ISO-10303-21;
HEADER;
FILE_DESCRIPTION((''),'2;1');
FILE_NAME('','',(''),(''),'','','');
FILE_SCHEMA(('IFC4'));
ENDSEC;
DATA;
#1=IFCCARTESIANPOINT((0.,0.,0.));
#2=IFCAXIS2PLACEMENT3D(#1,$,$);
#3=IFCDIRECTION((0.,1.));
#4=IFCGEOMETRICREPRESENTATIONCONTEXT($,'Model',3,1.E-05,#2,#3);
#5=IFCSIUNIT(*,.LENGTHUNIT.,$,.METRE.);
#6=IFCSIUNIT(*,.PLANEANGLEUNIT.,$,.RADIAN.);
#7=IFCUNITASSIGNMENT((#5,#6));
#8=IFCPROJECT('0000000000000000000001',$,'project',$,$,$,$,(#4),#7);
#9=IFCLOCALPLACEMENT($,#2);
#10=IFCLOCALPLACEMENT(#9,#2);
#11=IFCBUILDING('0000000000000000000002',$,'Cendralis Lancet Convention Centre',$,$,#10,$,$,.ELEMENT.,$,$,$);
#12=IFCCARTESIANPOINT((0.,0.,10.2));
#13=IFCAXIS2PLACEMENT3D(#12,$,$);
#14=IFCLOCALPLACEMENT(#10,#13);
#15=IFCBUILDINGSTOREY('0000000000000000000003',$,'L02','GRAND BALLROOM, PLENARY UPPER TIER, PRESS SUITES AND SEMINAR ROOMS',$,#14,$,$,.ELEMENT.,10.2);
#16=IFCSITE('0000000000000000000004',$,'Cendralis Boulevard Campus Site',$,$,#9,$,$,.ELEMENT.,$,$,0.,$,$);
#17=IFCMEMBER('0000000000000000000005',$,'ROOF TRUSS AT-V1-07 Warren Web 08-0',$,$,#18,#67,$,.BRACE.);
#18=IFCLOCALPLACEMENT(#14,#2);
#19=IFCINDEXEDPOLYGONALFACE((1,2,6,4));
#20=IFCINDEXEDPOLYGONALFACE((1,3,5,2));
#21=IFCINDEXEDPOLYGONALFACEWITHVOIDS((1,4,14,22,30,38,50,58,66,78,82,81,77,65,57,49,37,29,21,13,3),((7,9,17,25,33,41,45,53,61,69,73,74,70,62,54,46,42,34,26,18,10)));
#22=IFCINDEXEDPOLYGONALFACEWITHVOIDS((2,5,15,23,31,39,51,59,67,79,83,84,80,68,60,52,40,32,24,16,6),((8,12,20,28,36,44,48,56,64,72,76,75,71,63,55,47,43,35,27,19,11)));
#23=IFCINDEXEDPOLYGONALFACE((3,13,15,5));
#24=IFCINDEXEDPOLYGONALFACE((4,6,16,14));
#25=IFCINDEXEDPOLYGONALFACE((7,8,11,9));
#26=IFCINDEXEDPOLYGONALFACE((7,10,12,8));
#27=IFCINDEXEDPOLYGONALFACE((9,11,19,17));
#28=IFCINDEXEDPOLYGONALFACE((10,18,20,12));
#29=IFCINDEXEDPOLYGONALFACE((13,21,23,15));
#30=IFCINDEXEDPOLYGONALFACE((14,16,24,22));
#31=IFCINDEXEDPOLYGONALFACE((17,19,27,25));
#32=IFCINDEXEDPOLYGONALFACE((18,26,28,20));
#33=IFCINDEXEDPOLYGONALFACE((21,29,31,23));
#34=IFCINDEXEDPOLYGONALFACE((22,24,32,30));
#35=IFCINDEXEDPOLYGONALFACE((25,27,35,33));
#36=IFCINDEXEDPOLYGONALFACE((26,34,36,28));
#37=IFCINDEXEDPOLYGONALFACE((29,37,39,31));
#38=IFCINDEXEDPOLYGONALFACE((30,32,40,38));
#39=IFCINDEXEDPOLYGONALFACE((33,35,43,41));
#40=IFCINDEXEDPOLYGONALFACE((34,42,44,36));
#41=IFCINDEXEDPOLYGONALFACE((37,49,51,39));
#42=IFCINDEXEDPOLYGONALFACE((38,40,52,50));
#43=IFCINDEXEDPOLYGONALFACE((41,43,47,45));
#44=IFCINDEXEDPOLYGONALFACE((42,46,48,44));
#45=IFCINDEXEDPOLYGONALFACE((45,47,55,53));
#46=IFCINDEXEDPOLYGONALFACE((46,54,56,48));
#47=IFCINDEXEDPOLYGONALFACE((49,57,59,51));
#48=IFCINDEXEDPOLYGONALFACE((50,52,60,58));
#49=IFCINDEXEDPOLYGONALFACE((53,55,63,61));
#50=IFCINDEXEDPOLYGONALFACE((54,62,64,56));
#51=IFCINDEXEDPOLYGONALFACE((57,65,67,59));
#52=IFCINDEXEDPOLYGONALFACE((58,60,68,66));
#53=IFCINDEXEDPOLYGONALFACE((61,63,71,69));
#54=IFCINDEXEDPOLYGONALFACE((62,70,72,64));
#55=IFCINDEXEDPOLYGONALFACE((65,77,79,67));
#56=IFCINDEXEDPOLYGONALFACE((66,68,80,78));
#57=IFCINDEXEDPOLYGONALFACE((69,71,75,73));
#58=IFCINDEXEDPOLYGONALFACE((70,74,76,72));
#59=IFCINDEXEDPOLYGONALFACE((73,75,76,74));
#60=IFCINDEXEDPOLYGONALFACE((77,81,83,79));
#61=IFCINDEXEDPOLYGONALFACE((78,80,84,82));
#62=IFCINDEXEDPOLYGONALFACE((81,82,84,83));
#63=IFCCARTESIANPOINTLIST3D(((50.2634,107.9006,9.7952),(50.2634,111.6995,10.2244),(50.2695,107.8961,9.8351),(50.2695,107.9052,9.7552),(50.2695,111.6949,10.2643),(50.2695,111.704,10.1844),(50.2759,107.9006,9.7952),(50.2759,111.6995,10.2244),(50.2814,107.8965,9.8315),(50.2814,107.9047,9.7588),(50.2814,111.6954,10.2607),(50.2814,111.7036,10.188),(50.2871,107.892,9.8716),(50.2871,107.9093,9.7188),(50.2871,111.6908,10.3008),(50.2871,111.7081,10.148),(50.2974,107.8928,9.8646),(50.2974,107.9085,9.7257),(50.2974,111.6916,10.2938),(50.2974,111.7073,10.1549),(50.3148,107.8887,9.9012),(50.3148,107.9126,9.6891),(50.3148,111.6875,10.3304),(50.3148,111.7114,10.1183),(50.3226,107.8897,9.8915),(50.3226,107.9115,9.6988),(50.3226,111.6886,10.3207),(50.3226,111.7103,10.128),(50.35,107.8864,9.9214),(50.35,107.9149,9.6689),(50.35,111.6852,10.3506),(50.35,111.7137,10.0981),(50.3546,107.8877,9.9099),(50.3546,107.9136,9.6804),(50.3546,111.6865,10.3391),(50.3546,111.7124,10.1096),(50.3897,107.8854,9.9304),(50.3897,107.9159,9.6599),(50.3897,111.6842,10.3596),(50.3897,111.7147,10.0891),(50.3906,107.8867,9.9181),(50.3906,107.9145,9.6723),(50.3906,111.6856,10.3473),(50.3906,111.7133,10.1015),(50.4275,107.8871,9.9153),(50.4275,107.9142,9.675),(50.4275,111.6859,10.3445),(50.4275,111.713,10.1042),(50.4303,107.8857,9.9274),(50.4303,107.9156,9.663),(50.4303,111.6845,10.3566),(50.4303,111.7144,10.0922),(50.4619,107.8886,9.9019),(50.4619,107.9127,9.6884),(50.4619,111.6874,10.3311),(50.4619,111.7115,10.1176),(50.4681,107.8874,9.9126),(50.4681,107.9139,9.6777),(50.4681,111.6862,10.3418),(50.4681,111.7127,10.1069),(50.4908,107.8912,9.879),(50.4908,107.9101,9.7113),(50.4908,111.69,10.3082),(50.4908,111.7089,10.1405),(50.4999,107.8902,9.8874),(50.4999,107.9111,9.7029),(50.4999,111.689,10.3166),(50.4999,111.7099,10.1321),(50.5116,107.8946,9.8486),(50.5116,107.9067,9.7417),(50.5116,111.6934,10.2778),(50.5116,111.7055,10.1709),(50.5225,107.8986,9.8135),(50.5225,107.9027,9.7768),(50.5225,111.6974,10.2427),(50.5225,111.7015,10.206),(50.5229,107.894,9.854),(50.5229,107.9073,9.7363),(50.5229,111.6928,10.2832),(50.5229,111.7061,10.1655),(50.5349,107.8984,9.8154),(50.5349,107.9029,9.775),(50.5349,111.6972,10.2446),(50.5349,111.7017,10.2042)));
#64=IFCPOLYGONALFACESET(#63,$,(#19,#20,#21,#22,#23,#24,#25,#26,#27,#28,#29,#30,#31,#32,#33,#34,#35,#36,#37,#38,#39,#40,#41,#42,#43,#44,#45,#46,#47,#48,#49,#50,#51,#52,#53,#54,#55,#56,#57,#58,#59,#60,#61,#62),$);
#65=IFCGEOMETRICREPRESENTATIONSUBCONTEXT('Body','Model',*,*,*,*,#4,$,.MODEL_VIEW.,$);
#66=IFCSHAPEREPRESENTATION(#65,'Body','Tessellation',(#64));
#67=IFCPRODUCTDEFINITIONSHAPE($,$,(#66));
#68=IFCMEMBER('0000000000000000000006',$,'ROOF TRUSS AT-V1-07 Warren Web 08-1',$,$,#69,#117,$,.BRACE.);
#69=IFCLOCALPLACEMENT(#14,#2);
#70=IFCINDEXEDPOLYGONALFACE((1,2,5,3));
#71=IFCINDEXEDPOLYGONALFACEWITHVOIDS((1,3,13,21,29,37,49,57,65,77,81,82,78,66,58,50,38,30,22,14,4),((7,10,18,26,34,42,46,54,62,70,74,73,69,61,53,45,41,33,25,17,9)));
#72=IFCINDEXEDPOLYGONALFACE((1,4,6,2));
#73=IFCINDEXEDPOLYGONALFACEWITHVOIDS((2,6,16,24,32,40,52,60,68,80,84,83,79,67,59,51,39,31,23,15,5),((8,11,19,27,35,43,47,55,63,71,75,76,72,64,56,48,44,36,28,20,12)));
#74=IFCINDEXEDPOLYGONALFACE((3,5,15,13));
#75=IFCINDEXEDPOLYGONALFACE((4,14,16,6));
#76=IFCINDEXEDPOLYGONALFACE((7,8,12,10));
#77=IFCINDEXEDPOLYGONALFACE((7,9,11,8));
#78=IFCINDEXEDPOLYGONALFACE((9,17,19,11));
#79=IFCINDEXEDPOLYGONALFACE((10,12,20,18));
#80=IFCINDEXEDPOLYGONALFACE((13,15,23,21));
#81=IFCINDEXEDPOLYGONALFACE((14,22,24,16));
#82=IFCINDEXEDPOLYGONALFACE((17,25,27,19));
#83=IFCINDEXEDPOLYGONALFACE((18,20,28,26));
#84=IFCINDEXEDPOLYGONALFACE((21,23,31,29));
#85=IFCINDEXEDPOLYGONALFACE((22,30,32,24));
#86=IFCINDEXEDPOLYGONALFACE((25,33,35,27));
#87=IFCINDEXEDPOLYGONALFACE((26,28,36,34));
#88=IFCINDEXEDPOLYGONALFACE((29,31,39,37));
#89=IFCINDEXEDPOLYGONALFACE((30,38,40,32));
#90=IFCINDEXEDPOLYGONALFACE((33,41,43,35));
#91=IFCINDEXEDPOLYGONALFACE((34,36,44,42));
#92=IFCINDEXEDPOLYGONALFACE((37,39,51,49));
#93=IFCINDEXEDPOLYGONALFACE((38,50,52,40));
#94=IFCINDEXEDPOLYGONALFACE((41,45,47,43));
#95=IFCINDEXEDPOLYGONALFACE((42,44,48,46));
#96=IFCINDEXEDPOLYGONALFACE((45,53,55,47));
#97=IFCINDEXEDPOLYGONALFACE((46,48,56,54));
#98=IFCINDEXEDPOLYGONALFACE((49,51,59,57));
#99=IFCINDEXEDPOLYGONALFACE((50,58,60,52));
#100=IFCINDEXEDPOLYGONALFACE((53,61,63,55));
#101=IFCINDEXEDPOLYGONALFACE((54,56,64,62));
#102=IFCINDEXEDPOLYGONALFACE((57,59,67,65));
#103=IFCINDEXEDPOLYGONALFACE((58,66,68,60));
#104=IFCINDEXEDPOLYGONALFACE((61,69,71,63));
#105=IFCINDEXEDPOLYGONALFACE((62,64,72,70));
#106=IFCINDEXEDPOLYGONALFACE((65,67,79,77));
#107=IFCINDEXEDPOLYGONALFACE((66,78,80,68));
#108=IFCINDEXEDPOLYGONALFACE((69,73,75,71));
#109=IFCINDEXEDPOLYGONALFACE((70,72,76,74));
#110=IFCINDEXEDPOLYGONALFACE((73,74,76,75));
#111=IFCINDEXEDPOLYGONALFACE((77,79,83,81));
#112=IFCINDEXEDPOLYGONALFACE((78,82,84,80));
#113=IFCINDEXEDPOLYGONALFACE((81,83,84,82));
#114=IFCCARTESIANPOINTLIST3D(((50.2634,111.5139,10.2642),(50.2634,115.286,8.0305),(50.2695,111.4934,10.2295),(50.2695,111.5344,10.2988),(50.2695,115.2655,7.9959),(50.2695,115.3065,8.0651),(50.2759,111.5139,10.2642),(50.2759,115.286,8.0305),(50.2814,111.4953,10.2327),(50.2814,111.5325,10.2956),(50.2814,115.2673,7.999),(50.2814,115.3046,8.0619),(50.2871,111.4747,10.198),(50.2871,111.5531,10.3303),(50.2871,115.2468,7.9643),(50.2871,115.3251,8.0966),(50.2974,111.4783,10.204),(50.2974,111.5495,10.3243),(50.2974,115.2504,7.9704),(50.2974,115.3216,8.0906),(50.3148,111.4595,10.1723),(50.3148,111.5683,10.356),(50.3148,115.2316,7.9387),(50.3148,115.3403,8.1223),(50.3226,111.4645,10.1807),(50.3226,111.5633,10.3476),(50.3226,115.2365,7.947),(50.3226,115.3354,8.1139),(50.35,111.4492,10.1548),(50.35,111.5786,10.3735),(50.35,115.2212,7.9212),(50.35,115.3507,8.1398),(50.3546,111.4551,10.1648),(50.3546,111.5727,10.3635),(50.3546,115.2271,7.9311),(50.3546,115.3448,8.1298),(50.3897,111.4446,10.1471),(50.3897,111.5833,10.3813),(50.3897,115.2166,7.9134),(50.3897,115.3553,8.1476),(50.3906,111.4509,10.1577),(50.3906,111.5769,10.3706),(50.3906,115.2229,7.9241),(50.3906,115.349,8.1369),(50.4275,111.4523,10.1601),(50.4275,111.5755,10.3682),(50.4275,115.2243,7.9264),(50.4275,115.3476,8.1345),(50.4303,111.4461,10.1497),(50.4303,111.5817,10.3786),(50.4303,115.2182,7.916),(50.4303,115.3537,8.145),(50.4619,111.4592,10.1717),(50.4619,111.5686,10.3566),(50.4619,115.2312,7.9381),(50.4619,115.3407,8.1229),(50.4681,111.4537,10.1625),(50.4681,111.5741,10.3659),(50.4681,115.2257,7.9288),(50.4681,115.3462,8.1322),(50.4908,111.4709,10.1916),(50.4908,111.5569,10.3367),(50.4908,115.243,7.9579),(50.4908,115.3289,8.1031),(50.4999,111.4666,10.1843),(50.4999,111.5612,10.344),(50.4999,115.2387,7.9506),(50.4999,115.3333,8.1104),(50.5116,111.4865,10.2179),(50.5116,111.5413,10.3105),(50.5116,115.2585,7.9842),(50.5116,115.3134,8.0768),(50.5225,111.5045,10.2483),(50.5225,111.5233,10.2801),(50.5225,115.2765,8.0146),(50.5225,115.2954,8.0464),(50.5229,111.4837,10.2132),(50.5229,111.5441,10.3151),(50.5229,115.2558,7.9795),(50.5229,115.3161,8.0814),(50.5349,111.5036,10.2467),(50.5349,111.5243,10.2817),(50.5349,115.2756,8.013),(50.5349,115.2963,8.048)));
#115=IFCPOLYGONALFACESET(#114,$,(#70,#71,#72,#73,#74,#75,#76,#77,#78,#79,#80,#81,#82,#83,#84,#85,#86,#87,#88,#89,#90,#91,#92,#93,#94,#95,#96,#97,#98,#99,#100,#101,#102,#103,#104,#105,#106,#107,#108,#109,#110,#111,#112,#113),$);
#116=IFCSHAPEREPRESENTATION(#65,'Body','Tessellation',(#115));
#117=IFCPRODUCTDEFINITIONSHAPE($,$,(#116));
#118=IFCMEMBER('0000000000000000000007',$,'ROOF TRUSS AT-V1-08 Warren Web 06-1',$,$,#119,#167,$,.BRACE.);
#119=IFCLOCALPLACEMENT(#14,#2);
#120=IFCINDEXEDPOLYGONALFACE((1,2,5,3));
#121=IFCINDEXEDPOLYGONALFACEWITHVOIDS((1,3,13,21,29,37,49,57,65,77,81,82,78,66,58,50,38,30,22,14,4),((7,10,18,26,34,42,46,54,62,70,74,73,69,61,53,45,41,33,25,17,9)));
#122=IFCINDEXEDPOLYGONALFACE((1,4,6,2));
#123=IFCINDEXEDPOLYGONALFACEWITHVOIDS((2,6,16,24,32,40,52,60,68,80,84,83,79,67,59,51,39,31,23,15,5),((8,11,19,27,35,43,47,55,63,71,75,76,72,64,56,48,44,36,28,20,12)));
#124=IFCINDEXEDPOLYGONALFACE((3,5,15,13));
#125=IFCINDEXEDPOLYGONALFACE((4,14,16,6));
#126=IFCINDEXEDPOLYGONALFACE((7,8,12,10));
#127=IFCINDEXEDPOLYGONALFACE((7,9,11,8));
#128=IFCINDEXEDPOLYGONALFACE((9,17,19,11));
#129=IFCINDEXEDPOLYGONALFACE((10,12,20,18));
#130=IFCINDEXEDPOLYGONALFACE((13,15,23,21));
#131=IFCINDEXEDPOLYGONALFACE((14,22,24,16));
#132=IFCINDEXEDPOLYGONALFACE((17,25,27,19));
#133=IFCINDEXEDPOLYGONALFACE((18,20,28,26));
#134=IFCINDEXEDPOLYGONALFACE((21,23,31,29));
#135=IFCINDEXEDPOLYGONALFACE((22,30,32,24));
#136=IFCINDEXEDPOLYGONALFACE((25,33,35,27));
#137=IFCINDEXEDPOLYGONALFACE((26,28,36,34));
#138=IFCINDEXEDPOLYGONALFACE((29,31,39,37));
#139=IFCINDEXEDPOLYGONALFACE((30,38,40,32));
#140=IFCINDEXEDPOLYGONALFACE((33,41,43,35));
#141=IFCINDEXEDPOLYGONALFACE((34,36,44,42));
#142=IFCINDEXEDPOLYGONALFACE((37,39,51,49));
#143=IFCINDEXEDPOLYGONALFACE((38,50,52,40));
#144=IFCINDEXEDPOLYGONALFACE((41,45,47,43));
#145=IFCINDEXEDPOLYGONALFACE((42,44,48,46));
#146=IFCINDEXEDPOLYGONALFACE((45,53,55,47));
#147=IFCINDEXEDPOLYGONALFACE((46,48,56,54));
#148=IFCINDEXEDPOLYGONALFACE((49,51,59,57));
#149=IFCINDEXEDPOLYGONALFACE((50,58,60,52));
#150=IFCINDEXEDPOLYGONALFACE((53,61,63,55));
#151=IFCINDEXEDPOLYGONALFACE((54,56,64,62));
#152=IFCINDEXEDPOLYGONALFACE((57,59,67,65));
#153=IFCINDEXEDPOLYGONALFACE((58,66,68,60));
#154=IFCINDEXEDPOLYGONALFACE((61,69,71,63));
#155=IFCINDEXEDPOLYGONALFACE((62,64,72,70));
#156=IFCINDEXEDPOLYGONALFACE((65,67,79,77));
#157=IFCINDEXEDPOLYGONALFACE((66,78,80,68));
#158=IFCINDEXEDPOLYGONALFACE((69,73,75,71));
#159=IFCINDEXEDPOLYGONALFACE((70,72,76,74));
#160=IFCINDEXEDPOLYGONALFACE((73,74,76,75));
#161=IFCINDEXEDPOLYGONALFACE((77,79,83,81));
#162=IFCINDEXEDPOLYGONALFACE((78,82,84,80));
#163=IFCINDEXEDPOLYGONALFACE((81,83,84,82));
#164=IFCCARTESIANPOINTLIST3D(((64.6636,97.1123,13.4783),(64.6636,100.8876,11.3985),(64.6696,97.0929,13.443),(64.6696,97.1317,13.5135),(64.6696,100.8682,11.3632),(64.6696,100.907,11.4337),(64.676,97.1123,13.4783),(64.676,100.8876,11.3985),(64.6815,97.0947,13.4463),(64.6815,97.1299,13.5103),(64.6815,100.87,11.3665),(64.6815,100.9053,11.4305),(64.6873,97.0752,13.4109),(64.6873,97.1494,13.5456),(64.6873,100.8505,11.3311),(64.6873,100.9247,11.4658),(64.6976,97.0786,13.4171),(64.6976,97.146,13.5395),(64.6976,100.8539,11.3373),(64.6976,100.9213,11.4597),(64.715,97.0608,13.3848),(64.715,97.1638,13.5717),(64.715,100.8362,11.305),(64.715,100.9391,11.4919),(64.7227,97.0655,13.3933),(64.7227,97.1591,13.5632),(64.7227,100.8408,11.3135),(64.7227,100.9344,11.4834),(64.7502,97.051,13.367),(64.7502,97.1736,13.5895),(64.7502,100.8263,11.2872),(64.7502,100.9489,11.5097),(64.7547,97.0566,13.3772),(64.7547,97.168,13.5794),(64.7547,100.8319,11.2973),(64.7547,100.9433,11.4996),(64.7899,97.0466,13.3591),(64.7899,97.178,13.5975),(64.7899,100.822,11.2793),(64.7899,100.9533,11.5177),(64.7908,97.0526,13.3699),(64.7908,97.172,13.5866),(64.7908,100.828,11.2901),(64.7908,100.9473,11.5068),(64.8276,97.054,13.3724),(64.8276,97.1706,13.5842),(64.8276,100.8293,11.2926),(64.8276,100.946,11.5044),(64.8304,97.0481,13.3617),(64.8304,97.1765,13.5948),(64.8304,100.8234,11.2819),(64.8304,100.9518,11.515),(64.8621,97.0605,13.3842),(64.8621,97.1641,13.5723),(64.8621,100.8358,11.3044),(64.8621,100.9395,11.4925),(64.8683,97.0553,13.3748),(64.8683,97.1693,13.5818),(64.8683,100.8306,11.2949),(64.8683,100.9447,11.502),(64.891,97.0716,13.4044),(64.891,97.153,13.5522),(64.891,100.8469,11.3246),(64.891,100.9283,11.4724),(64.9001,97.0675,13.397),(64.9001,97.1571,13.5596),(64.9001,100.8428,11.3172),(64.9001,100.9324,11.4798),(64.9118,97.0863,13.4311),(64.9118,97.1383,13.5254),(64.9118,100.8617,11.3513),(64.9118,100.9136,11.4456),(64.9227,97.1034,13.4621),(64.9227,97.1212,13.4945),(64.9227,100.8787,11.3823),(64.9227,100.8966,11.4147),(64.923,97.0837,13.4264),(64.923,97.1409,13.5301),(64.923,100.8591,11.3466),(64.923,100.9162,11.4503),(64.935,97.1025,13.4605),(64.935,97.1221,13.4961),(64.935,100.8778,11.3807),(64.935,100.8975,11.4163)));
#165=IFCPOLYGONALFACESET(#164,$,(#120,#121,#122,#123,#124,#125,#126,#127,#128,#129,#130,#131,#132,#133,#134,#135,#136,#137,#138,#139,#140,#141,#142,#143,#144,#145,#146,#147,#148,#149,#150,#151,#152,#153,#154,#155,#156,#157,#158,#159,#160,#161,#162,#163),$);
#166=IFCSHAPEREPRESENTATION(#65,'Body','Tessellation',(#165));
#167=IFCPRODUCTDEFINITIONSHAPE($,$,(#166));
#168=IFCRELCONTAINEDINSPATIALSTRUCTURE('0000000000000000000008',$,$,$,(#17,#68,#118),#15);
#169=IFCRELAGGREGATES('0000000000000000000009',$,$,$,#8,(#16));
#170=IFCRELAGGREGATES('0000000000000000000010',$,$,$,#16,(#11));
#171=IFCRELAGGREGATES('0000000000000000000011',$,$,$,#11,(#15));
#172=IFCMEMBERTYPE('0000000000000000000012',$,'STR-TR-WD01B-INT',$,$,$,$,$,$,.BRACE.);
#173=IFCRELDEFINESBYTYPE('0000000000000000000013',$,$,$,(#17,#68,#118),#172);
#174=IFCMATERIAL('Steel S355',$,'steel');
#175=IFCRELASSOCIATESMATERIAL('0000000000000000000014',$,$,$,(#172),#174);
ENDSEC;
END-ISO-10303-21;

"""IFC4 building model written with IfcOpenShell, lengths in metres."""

from ifc_helpers import new_model, si_unit, direction, frame, origin, origin_2d, place, context, subcontext, project, spatial, hollow_circle, extrude, material, material_profile, profile_set, type_object, element, save


model = new_model("IFC4")

# Units and contexts
model_context = context("Model", 3, precision=1e-05, world=origin(), true_north=direction((0.0, 1.0)))
body_context = subcontext(model_context, "Body", "Model", "MODEL_VIEW")
ifc_project = project(units=[si_unit("LENGTHUNIT", "METRE"), si_unit("PLANEANGLEUNIT", "RADIAN")], contexts=[model_context])

# Site, building, storey
site_placement = place(None, origin())
site = spatial("IfcSite", under=ifc_project, at=site_placement, Name="Cendralis Boulevard Campus Site", CompositionType="ELEMENT", RefElevation=0.0)
building_placement = place(site_placement, origin())
building = spatial("IfcBuilding", under=site, at=building_placement, Name="Cendralis Lancet Convention Centre", CompositionType="ELEMENT")
storey_placement = place(building_placement, frame((0.0, 0.0, 10.2)))
storey = spatial("IfcBuildingStorey", under=building, at=storey_placement, Name="L02", Description="GRAND BALLROOM, PLENARY UPPER TIER, PRESS SUITES AND SEMINAR ROOMS", CompositionType="ELEMENT", Elevation=10.2)

# Members
ifc_material = material(Name="Steel S355", Category="steel")
ifc_material_profile_1 = material_profile(ifc_material, hollow_circle(Radius=0.1365, WallThickness=0.0125, at=origin_2d()), Name="CHS 273.0x12.5")
ifc_profile_set_1 = profile_set([ifc_material_profile_1], Name="Steel S355")
member_type_1 = type_object("IfcMemberType", Name="STR-TR-WD01B-INT", PredefinedType="BRACE", material=ifc_profile_set_1)
member_1_placement = place(storey_placement, frame((50.3999, 107.9006, 9.7952), z_axis=(0.0, 0.993678, 0.112268), x_axis=(-1.0, 0.0, 0.0)))
element("IfcMember", 1, at=member_1_placement, inside=storey, type_object=member_type_1, Name="ROOF TRUSS AT-V1-07 Warren Web 08-0", PredefinedType="BRACE", context=body_context, shape_type="SweptSolid", body=[
    extrude(hollow_circle(Radius=0.1365, WallThickness=0.0125, at=origin_2d()), origin(), (0.0, 0.0, 1.0), 3.823),
])
member_2_placement = place(storey_placement, frame((50.3999, 111.5139, 10.2642), z_axis=(0.0, 0.860452, -0.509532), x_axis=(-1.0, 0.0, 0.0)))
element("IfcMember", 2, at=member_2_placement, inside=storey, type_object=member_type_1, Name="ROOF TRUSS AT-V1-07 Warren Web 08-1", PredefinedType="BRACE", context=body_context, shape_type="SweptSolid", body=[
    extrude(hollow_circle(Radius=0.1365, WallThickness=0.0125, at=origin_2d()), origin(), (0.0, 0.0, 1.0), 4.3838),
])
member_3_placement = place(storey_placement, frame((64.8, 97.1123, 13.4783), z_axis=(0.0, 0.875886, -0.482519), x_axis=(-1.0, 0.0, 0.0)))
element("IfcMember", 3, at=member_3_placement, inside=storey, type_object=member_type_1, Name="ROOF TRUSS AT-V1-08 Warren Web 06-1", PredefinedType="BRACE", context=body_context, shape_type="SweptSolid", body=[
    extrude(hollow_circle(Radius=0.1365, WallThickness=0.0125, at=origin_2d()), origin(), (0.0, 0.0, 1.0), 4.3103),
])

save(model, "model.ifc")
